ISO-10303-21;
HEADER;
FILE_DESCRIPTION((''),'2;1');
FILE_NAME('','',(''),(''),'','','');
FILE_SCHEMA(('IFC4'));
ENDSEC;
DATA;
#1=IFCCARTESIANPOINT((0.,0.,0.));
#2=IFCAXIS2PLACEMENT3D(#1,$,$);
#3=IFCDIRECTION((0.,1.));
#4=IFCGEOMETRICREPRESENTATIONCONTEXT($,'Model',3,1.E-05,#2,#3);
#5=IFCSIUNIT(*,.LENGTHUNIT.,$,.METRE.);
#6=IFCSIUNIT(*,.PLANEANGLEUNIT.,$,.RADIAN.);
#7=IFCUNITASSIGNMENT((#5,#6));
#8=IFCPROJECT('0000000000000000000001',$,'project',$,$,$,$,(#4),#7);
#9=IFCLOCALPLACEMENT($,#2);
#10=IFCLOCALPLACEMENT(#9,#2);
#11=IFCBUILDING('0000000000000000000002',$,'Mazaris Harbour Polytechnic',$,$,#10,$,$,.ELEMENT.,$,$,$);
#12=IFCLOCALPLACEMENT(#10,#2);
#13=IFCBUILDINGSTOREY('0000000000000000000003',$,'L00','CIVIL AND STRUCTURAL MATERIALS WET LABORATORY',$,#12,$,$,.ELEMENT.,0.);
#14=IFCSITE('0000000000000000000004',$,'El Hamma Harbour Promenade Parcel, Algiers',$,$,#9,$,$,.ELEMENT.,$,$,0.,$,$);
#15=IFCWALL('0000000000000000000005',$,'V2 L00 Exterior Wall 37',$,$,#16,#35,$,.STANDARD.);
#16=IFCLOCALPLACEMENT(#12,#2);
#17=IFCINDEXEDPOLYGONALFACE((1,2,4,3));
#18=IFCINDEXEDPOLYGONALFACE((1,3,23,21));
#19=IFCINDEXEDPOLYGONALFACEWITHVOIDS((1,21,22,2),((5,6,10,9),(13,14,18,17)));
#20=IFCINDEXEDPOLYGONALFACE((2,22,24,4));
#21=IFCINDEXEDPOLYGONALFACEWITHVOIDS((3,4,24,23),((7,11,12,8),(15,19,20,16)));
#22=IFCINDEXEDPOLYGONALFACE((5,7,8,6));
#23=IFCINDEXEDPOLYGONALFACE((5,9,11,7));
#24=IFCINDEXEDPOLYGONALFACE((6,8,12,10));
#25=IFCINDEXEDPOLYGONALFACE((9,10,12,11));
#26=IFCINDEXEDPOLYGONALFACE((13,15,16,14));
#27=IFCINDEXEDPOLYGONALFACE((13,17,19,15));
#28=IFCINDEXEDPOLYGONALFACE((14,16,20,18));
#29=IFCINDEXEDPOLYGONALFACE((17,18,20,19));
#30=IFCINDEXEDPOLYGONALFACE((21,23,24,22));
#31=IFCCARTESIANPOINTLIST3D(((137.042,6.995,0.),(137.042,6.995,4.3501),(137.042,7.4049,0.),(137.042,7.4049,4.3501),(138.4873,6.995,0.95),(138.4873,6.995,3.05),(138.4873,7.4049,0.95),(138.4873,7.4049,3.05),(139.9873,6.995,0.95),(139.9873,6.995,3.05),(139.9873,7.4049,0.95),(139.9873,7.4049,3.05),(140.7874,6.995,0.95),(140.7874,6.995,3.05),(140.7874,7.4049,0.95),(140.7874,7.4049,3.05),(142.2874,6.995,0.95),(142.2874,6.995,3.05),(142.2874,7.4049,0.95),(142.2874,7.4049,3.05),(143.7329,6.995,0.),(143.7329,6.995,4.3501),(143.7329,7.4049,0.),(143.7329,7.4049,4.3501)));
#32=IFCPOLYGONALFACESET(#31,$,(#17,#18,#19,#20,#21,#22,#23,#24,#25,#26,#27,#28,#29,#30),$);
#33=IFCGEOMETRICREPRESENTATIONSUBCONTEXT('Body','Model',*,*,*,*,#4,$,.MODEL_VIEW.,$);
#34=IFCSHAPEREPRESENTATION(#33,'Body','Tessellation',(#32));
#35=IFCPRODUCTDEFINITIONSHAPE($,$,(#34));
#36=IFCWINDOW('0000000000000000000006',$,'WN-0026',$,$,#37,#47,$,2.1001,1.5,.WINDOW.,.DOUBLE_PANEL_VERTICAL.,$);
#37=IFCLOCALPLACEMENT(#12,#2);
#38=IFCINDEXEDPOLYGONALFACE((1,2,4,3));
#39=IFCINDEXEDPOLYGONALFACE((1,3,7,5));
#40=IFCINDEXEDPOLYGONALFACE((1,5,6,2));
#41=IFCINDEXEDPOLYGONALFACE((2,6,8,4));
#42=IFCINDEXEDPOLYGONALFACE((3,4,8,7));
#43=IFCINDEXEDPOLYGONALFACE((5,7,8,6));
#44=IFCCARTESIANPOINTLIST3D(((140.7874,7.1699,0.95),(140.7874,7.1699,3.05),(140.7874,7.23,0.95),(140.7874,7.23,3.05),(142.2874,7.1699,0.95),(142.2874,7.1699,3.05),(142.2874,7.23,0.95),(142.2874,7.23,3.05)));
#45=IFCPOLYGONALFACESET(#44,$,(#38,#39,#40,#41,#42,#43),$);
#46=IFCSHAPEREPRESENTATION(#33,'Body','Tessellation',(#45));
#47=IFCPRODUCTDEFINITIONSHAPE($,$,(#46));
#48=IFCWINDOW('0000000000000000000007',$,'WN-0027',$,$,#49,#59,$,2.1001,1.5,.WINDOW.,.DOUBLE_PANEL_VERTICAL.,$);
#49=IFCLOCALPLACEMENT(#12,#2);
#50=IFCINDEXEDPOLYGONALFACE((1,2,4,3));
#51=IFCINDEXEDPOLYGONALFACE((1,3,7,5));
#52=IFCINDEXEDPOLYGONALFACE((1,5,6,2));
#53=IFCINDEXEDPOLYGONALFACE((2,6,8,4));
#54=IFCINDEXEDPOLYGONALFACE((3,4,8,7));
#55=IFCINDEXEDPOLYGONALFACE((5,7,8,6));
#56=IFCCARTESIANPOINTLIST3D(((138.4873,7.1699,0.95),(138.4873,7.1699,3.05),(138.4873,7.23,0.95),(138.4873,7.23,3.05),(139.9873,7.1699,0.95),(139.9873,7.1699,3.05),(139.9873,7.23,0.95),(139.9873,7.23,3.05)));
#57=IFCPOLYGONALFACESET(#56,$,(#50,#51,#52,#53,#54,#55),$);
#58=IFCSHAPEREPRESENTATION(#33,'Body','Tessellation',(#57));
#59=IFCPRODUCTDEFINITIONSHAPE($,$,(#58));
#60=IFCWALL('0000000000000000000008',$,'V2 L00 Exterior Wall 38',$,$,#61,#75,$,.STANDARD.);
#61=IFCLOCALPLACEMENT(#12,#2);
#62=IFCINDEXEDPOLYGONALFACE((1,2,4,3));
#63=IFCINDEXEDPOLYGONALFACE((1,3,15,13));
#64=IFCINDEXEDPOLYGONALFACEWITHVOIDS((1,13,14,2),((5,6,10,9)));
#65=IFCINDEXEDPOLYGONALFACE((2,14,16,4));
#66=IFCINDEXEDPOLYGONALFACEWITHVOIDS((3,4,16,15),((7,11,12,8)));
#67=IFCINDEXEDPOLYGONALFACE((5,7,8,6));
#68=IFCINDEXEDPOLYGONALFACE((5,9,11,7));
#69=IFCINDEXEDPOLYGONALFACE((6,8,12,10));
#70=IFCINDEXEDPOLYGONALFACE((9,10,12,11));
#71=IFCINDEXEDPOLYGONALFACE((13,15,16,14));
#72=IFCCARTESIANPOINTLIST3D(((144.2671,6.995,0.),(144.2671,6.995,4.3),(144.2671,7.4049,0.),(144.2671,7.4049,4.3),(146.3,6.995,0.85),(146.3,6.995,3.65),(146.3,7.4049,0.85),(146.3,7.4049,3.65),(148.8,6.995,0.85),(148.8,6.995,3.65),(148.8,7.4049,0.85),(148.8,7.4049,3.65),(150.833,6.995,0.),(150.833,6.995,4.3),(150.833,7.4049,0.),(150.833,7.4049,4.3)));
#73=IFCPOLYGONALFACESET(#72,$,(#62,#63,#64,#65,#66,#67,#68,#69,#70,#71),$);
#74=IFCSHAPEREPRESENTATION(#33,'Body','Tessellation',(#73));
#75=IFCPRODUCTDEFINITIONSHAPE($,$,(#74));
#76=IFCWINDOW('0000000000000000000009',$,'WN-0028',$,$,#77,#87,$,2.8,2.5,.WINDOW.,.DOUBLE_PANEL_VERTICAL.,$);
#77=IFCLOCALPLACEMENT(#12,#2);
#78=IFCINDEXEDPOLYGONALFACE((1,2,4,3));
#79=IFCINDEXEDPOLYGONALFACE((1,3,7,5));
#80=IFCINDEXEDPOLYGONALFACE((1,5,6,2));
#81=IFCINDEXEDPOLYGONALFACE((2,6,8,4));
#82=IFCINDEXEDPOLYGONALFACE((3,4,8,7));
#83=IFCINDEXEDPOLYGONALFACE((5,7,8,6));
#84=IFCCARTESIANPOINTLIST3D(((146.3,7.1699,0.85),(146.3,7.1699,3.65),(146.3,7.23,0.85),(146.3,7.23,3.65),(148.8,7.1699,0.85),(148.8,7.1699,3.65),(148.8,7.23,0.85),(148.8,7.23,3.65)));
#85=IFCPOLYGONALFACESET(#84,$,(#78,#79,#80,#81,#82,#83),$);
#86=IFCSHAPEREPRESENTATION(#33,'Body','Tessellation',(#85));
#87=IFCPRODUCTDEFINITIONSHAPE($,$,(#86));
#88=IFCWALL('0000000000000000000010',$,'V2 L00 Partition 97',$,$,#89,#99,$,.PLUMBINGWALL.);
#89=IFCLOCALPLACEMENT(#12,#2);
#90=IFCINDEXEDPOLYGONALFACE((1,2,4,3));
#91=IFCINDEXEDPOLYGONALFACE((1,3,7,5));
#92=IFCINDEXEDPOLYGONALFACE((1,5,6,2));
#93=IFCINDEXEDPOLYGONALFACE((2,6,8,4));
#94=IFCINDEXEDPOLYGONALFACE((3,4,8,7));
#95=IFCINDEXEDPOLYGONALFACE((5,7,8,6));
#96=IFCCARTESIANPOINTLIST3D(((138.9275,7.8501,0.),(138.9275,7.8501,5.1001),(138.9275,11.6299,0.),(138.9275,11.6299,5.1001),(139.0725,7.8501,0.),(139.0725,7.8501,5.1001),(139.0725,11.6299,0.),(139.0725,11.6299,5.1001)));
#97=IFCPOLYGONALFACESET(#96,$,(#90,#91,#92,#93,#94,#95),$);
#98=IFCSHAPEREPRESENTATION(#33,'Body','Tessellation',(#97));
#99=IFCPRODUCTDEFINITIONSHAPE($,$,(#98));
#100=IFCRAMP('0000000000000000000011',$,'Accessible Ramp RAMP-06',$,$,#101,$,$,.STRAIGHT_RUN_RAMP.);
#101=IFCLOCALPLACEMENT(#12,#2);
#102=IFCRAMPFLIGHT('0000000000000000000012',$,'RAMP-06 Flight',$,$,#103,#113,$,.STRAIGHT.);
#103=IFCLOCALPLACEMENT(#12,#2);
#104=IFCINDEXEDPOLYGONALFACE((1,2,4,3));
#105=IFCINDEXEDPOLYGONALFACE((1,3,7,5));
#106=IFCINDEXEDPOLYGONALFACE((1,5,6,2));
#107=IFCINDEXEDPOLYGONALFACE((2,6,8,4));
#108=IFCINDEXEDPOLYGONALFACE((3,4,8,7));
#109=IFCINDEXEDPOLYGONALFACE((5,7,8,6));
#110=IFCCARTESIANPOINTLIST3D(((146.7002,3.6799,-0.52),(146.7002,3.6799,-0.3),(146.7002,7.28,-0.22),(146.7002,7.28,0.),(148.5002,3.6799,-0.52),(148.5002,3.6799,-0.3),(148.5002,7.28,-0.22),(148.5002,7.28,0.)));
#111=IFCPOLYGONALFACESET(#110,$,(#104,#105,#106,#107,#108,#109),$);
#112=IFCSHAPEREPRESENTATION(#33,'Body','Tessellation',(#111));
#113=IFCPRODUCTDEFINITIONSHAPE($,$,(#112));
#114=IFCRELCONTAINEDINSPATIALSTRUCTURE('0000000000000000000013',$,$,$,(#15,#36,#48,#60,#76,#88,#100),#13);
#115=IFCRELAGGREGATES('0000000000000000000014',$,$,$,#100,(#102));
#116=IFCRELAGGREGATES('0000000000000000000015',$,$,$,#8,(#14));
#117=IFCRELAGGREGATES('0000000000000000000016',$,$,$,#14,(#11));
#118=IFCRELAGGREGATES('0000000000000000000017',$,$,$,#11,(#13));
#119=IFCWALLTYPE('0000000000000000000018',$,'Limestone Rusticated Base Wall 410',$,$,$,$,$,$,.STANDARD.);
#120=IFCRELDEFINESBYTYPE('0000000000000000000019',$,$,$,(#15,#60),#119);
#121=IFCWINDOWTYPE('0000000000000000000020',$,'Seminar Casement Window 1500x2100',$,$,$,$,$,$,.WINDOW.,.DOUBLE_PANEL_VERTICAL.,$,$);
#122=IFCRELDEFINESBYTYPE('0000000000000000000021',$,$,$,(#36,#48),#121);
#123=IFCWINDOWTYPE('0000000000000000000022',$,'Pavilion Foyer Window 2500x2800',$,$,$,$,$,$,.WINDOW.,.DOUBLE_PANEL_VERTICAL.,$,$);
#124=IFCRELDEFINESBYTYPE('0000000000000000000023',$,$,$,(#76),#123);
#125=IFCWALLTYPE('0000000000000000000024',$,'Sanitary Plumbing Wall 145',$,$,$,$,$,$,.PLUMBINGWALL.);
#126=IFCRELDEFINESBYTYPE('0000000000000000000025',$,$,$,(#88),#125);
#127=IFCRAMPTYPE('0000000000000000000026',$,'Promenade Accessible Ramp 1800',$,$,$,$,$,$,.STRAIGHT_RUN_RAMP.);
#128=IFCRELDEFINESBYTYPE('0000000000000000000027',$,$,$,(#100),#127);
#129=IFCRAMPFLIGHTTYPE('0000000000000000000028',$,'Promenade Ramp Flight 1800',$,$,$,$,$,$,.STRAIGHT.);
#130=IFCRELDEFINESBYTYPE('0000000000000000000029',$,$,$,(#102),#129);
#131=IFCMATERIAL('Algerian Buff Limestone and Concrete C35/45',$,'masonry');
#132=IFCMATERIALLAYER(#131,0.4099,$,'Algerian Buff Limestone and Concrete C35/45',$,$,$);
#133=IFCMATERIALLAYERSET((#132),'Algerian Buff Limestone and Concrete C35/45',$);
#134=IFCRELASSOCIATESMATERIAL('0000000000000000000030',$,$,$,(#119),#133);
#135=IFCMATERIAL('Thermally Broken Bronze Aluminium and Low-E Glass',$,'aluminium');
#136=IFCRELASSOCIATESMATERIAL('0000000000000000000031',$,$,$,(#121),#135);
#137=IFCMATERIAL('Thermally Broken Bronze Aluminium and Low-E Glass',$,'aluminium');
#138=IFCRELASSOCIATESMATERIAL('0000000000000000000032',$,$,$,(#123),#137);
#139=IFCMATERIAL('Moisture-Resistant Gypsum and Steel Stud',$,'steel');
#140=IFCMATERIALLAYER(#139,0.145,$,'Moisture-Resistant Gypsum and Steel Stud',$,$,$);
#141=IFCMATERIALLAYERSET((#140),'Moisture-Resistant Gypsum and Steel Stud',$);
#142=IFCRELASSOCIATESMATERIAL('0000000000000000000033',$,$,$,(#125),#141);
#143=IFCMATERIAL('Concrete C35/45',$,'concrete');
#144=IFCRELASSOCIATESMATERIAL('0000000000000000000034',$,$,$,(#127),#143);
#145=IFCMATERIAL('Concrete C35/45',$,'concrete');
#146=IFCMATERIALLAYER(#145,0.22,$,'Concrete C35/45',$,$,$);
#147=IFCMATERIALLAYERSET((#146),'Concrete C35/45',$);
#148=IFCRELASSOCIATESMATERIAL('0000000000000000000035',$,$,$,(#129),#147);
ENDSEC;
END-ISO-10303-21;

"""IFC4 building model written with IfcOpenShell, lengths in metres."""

from ifc_helpers import new_model, si_unit, direction, frame, frame_2d, origin, place, context, subcontext, project, spatial, polyline, rectangle, outline, extrude, material, layer, layer_set, type_object, element, fill, aggregate, save


model = new_model("IFC4")

# Units and contexts
model_context = context("Model", 3, precision=1e-05, world=origin(), true_north=direction((0.0, 1.0)))
body_context = subcontext(model_context, "Body", "Model", "MODEL_VIEW")
ifc_project = project(units=[si_unit("LENGTHUNIT", "METRE"), si_unit("PLANEANGLEUNIT", "RADIAN")], contexts=[model_context])

# Site, building, storey
site_placement = place(None, origin())
site = spatial("IfcSite", under=ifc_project, at=site_placement, Name="El Hamma Harbour Promenade Parcel, Algiers", CompositionType="ELEMENT", RefElevation=0.0)
building_placement = place(site_placement, origin())
building = spatial("IfcBuilding", under=site, at=building_placement, Name="Mazaris Harbour Polytechnic", CompositionType="ELEMENT")
storey_placement = place(building_placement, origin())
storey = spatial("IfcBuildingStorey", under=building, at=storey_placement, Name="L00", Description="CIVIL AND STRUCTURAL MATERIALS WET LABORATORY", CompositionType="ELEMENT", Elevation=0.0)

# Shared definitions
ifc_material_1 = material(Name="Algerian Buff Limestone and Concrete C35/45", Category="masonry")
ifc_layer_1 = layer(ifc_material_1, 0.4099, Name="Algerian Buff Limestone and Concrete C35/45")
ifc_layer_set_1 = layer_set([ifc_layer_1], Name="Algerian Buff Limestone and Concrete C35/45")
wall_type_1 = type_object("IfcWallType", Name="Limestone Rusticated Base Wall 410", PredefinedType="STANDARD", material=ifc_layer_set_1)

# Wall, openings, windows
wall_1_placement = place(storey_placement, frame((143.7329, 7.2, 0.0), z_axis=(0.0, 0.0, 1.0), x_axis=(-1.0, 0.0, 0.0)))
wall_1 = element("IfcWall", 1, at=wall_1_placement, inside=storey, type_object=wall_type_1, Name="V2 L00 Exterior Wall 37", PredefinedType="STANDARD", context=body_context, shape_type="SweptSolid", body=[
    extrude(rectangle(XDim=6.6909, YDim=0.4099, at=frame_2d((3.3455, 0.0))), origin(), (0.0, 0.0, 1.0), 4.3501),
])
opening_1_placement = place(wall_1_placement, frame((1.4456, 0.0, 0.95)))
opening_1 = element("IfcOpeningElement", 2, at=opening_1_placement, cuts=wall_1, PredefinedType="OPENING", context=body_context, shape_type="SweptSolid", body=[
    extrude(rectangle(XDim=1.5, YDim=2.1001, at=frame_2d((0.75, 1.05))), frame((0.0, 0.2148, 0.0), z_axis=(0.0, -1.0, 0.0), x_axis=(1.0, 0.0, 0.0)), (0.0, 0.0, 1.0), 0.4299),
])
opening_2_placement = place(wall_1_placement, frame((3.7456, 0.0, 0.95)))
opening_2 = element("IfcOpeningElement", 3, at=opening_2_placement, cuts=wall_1, PredefinedType="OPENING", context=body_context, shape_type="SweptSolid", body=[
    extrude(rectangle(XDim=1.5, YDim=2.1001, at=frame_2d((0.75, 1.05))), frame((0.0, 0.2148, 0.0), z_axis=(0.0, -1.0, 0.0), x_axis=(1.0, 0.0, 0.0)), (0.0, 0.0, 1.0), 0.4299),
])
ifc_material_2 = material(Name="Thermally Broken Bronze Aluminium and Low-E Glass", Category="aluminium")
window_type_1 = type_object("IfcWindowType", Name="Seminar Casement Window 1500x2100", PartitioningType="DOUBLE_PANEL_VERTICAL", PredefinedType="WINDOW", material=ifc_material_2)
window_1_placement = place(opening_1_placement, origin())
window_1 = element("IfcWindow", 4, at=window_1_placement, inside=storey, type_object=window_type_1, Name="WN-0026", OverallHeight=2.1001, OverallWidth=1.5, PartitioningType="DOUBLE_PANEL_VERTICAL", PredefinedType="WINDOW", context=body_context, shape_type="SweptSolid", body=[
    extrude(rectangle(XDim=1.5, YDim=2.1001, at=frame_2d((0.75, 1.05))), frame((0.0, 0.03, 0.0), z_axis=(0.0, -1.0, 0.0), x_axis=(1.0, 0.0, 0.0)), (0.0, 0.0, 1.0), 0.0601),
])
fill(opening_1, window_1)
window_2_placement = place(opening_2_placement, origin())
window_2 = element("IfcWindow", 5, at=window_2_placement, inside=storey, type_object=window_type_1, Name="WN-0027", OverallHeight=2.1001, OverallWidth=1.5, PartitioningType="DOUBLE_PANEL_VERTICAL", PredefinedType="WINDOW", context=body_context, shape_type="SweptSolid", body=[
    extrude(rectangle(XDim=1.5, YDim=2.1001, at=frame_2d((0.75, 1.05))), frame((0.0, 0.03, 0.0), z_axis=(0.0, -1.0, 0.0), x_axis=(1.0, 0.0, 0.0)), (0.0, 0.0, 1.0), 0.0601),
])
fill(opening_2, window_2)

# Wall, opening, window
wall_2_placement = place(storey_placement, frame((150.833, 7.2, 0.0), z_axis=(0.0, 0.0, 1.0), x_axis=(-1.0, 0.0, 0.0)))
wall_2 = element("IfcWall", 6, at=wall_2_placement, inside=storey, type_object=wall_type_1, Name="V2 L00 Exterior Wall 38", PredefinedType="STANDARD", context=body_context, shape_type="SweptSolid", body=[
    extrude(rectangle(XDim=6.5659, YDim=0.4099, at=frame_2d((3.283, 0.0))), origin(), (0.0, 0.0, 1.0), 4.3),
])
opening_3_placement = place(wall_2_placement, frame((2.033, 0.0, 0.8501)))
opening_3 = element("IfcOpeningElement", 7, at=opening_3_placement, cuts=wall_2, PredefinedType="OPENING", context=body_context, shape_type="SweptSolid", body=[
    extrude(rectangle(XDim=2.5, YDim=2.8, at=frame_2d((1.25, 1.3999))), frame((0.0, 0.2148, 0.0), z_axis=(0.0, -1.0, 0.0), x_axis=(1.0, 0.0, 0.0)), (0.0, 0.0, 1.0), 0.4299),
])
ifc_material_3 = material(Name="Thermally Broken Bronze Aluminium and Low-E Glass", Category="aluminium")
window_type_2 = type_object("IfcWindowType", Name="Pavilion Foyer Window 2500x2800", PartitioningType="DOUBLE_PANEL_VERTICAL", PredefinedType="WINDOW", material=ifc_material_3)
window_3_placement = place(opening_3_placement, origin())
window_3 = element("IfcWindow", 8, at=window_3_placement, inside=storey, type_object=window_type_2, Name="WN-0028", OverallHeight=2.8, OverallWidth=2.5, PartitioningType="DOUBLE_PANEL_VERTICAL", PredefinedType="WINDOW", context=body_context, shape_type="SweptSolid", body=[
    extrude(rectangle(XDim=2.5, YDim=2.8, at=frame_2d((1.25, 1.3999))), frame((0.0, 0.03, 0.0), z_axis=(0.0, -1.0, 0.0), x_axis=(1.0, 0.0, 0.0)), (0.0, 0.0, 1.0), 0.0601),
])
fill(opening_3, window_3)

# Wall
ifc_material_4 = material(Name="Moisture-Resistant Gypsum and Steel Stud", Category="steel")
ifc_layer_2 = layer(ifc_material_4, 0.145, Name="Moisture-Resistant Gypsum and Steel Stud")
ifc_layer_set_2 = layer_set([ifc_layer_2], Name="Moisture-Resistant Gypsum and Steel Stud")
wall_type_2 = type_object("IfcWallType", Name="Sanitary Plumbing Wall 145", PredefinedType="PLUMBINGWALL", material=ifc_layer_set_2)
wall_3_placement = place(storey_placement, frame((139.0, 7.8501, 0.0), z_axis=(0.0, 0.0, 1.0), x_axis=(0.0, 1.0, 0.0)))
element("IfcWall", 9, at=wall_3_placement, inside=storey, type_object=wall_type_2, Name="V2 L00 Partition 97", PredefinedType="PLUMBINGWALL", context=body_context, shape_type="SweptSolid", body=[
    extrude(rectangle(XDim=3.7798, YDim=0.145, at=frame_2d((1.8899, 0.0))), origin(), (0.0, 0.0, 1.0), 5.1001),
])

# Ramp, ramp flight
ifc_material_5 = material(Name="Concrete C35/45", Category="concrete")
ramp_type = type_object("IfcRampType", Name="Promenade Accessible Ramp 1800", PredefinedType="STRAIGHT_RUN_RAMP", material=ifc_material_5)
ramp_placement = place(storey_placement, origin())
ramp = element("IfcRamp", 10, at=ramp_placement, inside=storey, type_object=ramp_type, Name="Accessible Ramp RAMP-06", PredefinedType="STRAIGHT_RUN_RAMP")
ifc_material_6 = material(Name="Concrete C35/45", Category="concrete")
ifc_layer_3 = layer(ifc_material_6, 0.22, Name="Concrete C35/45")
ifc_layer_set_3 = layer_set([ifc_layer_3], Name="Concrete C35/45")
ramp_flight_type = type_object("IfcRampFlightType", Name="Promenade Ramp Flight 1800", PredefinedType="STRAIGHT", material=ifc_layer_set_3)
ramp_flight_placement = place(storey_placement, frame((147.6001, 3.6799, -0.3), z_axis=(0.0, 0.0, 1.0), x_axis=(0.0, 1.0, 0.0)))
ramp_flight = element("IfcRampFlight", 11, at=ramp_flight_placement, type_object=ramp_flight_type, Name="RAMP-06 Flight", PredefinedType="STRAIGHT", context=body_context, shape_type="SweptSolid", body=[
    extrude(outline(polyline([(0.0, 0.0), (0.0, -0.22), (3.6001, 0.0801), (3.6001, 0.3), (0.0, 0.0)])), frame((0.0, 0.8999, 0.0), z_axis=(0.0, -1.0, 0.0), x_axis=(1.0, 0.0, 0.0)), (0.0, 0.0, 1.0), 1.8),
])
aggregate(ramp, [ramp_flight])

save(model, "model.ifc")
